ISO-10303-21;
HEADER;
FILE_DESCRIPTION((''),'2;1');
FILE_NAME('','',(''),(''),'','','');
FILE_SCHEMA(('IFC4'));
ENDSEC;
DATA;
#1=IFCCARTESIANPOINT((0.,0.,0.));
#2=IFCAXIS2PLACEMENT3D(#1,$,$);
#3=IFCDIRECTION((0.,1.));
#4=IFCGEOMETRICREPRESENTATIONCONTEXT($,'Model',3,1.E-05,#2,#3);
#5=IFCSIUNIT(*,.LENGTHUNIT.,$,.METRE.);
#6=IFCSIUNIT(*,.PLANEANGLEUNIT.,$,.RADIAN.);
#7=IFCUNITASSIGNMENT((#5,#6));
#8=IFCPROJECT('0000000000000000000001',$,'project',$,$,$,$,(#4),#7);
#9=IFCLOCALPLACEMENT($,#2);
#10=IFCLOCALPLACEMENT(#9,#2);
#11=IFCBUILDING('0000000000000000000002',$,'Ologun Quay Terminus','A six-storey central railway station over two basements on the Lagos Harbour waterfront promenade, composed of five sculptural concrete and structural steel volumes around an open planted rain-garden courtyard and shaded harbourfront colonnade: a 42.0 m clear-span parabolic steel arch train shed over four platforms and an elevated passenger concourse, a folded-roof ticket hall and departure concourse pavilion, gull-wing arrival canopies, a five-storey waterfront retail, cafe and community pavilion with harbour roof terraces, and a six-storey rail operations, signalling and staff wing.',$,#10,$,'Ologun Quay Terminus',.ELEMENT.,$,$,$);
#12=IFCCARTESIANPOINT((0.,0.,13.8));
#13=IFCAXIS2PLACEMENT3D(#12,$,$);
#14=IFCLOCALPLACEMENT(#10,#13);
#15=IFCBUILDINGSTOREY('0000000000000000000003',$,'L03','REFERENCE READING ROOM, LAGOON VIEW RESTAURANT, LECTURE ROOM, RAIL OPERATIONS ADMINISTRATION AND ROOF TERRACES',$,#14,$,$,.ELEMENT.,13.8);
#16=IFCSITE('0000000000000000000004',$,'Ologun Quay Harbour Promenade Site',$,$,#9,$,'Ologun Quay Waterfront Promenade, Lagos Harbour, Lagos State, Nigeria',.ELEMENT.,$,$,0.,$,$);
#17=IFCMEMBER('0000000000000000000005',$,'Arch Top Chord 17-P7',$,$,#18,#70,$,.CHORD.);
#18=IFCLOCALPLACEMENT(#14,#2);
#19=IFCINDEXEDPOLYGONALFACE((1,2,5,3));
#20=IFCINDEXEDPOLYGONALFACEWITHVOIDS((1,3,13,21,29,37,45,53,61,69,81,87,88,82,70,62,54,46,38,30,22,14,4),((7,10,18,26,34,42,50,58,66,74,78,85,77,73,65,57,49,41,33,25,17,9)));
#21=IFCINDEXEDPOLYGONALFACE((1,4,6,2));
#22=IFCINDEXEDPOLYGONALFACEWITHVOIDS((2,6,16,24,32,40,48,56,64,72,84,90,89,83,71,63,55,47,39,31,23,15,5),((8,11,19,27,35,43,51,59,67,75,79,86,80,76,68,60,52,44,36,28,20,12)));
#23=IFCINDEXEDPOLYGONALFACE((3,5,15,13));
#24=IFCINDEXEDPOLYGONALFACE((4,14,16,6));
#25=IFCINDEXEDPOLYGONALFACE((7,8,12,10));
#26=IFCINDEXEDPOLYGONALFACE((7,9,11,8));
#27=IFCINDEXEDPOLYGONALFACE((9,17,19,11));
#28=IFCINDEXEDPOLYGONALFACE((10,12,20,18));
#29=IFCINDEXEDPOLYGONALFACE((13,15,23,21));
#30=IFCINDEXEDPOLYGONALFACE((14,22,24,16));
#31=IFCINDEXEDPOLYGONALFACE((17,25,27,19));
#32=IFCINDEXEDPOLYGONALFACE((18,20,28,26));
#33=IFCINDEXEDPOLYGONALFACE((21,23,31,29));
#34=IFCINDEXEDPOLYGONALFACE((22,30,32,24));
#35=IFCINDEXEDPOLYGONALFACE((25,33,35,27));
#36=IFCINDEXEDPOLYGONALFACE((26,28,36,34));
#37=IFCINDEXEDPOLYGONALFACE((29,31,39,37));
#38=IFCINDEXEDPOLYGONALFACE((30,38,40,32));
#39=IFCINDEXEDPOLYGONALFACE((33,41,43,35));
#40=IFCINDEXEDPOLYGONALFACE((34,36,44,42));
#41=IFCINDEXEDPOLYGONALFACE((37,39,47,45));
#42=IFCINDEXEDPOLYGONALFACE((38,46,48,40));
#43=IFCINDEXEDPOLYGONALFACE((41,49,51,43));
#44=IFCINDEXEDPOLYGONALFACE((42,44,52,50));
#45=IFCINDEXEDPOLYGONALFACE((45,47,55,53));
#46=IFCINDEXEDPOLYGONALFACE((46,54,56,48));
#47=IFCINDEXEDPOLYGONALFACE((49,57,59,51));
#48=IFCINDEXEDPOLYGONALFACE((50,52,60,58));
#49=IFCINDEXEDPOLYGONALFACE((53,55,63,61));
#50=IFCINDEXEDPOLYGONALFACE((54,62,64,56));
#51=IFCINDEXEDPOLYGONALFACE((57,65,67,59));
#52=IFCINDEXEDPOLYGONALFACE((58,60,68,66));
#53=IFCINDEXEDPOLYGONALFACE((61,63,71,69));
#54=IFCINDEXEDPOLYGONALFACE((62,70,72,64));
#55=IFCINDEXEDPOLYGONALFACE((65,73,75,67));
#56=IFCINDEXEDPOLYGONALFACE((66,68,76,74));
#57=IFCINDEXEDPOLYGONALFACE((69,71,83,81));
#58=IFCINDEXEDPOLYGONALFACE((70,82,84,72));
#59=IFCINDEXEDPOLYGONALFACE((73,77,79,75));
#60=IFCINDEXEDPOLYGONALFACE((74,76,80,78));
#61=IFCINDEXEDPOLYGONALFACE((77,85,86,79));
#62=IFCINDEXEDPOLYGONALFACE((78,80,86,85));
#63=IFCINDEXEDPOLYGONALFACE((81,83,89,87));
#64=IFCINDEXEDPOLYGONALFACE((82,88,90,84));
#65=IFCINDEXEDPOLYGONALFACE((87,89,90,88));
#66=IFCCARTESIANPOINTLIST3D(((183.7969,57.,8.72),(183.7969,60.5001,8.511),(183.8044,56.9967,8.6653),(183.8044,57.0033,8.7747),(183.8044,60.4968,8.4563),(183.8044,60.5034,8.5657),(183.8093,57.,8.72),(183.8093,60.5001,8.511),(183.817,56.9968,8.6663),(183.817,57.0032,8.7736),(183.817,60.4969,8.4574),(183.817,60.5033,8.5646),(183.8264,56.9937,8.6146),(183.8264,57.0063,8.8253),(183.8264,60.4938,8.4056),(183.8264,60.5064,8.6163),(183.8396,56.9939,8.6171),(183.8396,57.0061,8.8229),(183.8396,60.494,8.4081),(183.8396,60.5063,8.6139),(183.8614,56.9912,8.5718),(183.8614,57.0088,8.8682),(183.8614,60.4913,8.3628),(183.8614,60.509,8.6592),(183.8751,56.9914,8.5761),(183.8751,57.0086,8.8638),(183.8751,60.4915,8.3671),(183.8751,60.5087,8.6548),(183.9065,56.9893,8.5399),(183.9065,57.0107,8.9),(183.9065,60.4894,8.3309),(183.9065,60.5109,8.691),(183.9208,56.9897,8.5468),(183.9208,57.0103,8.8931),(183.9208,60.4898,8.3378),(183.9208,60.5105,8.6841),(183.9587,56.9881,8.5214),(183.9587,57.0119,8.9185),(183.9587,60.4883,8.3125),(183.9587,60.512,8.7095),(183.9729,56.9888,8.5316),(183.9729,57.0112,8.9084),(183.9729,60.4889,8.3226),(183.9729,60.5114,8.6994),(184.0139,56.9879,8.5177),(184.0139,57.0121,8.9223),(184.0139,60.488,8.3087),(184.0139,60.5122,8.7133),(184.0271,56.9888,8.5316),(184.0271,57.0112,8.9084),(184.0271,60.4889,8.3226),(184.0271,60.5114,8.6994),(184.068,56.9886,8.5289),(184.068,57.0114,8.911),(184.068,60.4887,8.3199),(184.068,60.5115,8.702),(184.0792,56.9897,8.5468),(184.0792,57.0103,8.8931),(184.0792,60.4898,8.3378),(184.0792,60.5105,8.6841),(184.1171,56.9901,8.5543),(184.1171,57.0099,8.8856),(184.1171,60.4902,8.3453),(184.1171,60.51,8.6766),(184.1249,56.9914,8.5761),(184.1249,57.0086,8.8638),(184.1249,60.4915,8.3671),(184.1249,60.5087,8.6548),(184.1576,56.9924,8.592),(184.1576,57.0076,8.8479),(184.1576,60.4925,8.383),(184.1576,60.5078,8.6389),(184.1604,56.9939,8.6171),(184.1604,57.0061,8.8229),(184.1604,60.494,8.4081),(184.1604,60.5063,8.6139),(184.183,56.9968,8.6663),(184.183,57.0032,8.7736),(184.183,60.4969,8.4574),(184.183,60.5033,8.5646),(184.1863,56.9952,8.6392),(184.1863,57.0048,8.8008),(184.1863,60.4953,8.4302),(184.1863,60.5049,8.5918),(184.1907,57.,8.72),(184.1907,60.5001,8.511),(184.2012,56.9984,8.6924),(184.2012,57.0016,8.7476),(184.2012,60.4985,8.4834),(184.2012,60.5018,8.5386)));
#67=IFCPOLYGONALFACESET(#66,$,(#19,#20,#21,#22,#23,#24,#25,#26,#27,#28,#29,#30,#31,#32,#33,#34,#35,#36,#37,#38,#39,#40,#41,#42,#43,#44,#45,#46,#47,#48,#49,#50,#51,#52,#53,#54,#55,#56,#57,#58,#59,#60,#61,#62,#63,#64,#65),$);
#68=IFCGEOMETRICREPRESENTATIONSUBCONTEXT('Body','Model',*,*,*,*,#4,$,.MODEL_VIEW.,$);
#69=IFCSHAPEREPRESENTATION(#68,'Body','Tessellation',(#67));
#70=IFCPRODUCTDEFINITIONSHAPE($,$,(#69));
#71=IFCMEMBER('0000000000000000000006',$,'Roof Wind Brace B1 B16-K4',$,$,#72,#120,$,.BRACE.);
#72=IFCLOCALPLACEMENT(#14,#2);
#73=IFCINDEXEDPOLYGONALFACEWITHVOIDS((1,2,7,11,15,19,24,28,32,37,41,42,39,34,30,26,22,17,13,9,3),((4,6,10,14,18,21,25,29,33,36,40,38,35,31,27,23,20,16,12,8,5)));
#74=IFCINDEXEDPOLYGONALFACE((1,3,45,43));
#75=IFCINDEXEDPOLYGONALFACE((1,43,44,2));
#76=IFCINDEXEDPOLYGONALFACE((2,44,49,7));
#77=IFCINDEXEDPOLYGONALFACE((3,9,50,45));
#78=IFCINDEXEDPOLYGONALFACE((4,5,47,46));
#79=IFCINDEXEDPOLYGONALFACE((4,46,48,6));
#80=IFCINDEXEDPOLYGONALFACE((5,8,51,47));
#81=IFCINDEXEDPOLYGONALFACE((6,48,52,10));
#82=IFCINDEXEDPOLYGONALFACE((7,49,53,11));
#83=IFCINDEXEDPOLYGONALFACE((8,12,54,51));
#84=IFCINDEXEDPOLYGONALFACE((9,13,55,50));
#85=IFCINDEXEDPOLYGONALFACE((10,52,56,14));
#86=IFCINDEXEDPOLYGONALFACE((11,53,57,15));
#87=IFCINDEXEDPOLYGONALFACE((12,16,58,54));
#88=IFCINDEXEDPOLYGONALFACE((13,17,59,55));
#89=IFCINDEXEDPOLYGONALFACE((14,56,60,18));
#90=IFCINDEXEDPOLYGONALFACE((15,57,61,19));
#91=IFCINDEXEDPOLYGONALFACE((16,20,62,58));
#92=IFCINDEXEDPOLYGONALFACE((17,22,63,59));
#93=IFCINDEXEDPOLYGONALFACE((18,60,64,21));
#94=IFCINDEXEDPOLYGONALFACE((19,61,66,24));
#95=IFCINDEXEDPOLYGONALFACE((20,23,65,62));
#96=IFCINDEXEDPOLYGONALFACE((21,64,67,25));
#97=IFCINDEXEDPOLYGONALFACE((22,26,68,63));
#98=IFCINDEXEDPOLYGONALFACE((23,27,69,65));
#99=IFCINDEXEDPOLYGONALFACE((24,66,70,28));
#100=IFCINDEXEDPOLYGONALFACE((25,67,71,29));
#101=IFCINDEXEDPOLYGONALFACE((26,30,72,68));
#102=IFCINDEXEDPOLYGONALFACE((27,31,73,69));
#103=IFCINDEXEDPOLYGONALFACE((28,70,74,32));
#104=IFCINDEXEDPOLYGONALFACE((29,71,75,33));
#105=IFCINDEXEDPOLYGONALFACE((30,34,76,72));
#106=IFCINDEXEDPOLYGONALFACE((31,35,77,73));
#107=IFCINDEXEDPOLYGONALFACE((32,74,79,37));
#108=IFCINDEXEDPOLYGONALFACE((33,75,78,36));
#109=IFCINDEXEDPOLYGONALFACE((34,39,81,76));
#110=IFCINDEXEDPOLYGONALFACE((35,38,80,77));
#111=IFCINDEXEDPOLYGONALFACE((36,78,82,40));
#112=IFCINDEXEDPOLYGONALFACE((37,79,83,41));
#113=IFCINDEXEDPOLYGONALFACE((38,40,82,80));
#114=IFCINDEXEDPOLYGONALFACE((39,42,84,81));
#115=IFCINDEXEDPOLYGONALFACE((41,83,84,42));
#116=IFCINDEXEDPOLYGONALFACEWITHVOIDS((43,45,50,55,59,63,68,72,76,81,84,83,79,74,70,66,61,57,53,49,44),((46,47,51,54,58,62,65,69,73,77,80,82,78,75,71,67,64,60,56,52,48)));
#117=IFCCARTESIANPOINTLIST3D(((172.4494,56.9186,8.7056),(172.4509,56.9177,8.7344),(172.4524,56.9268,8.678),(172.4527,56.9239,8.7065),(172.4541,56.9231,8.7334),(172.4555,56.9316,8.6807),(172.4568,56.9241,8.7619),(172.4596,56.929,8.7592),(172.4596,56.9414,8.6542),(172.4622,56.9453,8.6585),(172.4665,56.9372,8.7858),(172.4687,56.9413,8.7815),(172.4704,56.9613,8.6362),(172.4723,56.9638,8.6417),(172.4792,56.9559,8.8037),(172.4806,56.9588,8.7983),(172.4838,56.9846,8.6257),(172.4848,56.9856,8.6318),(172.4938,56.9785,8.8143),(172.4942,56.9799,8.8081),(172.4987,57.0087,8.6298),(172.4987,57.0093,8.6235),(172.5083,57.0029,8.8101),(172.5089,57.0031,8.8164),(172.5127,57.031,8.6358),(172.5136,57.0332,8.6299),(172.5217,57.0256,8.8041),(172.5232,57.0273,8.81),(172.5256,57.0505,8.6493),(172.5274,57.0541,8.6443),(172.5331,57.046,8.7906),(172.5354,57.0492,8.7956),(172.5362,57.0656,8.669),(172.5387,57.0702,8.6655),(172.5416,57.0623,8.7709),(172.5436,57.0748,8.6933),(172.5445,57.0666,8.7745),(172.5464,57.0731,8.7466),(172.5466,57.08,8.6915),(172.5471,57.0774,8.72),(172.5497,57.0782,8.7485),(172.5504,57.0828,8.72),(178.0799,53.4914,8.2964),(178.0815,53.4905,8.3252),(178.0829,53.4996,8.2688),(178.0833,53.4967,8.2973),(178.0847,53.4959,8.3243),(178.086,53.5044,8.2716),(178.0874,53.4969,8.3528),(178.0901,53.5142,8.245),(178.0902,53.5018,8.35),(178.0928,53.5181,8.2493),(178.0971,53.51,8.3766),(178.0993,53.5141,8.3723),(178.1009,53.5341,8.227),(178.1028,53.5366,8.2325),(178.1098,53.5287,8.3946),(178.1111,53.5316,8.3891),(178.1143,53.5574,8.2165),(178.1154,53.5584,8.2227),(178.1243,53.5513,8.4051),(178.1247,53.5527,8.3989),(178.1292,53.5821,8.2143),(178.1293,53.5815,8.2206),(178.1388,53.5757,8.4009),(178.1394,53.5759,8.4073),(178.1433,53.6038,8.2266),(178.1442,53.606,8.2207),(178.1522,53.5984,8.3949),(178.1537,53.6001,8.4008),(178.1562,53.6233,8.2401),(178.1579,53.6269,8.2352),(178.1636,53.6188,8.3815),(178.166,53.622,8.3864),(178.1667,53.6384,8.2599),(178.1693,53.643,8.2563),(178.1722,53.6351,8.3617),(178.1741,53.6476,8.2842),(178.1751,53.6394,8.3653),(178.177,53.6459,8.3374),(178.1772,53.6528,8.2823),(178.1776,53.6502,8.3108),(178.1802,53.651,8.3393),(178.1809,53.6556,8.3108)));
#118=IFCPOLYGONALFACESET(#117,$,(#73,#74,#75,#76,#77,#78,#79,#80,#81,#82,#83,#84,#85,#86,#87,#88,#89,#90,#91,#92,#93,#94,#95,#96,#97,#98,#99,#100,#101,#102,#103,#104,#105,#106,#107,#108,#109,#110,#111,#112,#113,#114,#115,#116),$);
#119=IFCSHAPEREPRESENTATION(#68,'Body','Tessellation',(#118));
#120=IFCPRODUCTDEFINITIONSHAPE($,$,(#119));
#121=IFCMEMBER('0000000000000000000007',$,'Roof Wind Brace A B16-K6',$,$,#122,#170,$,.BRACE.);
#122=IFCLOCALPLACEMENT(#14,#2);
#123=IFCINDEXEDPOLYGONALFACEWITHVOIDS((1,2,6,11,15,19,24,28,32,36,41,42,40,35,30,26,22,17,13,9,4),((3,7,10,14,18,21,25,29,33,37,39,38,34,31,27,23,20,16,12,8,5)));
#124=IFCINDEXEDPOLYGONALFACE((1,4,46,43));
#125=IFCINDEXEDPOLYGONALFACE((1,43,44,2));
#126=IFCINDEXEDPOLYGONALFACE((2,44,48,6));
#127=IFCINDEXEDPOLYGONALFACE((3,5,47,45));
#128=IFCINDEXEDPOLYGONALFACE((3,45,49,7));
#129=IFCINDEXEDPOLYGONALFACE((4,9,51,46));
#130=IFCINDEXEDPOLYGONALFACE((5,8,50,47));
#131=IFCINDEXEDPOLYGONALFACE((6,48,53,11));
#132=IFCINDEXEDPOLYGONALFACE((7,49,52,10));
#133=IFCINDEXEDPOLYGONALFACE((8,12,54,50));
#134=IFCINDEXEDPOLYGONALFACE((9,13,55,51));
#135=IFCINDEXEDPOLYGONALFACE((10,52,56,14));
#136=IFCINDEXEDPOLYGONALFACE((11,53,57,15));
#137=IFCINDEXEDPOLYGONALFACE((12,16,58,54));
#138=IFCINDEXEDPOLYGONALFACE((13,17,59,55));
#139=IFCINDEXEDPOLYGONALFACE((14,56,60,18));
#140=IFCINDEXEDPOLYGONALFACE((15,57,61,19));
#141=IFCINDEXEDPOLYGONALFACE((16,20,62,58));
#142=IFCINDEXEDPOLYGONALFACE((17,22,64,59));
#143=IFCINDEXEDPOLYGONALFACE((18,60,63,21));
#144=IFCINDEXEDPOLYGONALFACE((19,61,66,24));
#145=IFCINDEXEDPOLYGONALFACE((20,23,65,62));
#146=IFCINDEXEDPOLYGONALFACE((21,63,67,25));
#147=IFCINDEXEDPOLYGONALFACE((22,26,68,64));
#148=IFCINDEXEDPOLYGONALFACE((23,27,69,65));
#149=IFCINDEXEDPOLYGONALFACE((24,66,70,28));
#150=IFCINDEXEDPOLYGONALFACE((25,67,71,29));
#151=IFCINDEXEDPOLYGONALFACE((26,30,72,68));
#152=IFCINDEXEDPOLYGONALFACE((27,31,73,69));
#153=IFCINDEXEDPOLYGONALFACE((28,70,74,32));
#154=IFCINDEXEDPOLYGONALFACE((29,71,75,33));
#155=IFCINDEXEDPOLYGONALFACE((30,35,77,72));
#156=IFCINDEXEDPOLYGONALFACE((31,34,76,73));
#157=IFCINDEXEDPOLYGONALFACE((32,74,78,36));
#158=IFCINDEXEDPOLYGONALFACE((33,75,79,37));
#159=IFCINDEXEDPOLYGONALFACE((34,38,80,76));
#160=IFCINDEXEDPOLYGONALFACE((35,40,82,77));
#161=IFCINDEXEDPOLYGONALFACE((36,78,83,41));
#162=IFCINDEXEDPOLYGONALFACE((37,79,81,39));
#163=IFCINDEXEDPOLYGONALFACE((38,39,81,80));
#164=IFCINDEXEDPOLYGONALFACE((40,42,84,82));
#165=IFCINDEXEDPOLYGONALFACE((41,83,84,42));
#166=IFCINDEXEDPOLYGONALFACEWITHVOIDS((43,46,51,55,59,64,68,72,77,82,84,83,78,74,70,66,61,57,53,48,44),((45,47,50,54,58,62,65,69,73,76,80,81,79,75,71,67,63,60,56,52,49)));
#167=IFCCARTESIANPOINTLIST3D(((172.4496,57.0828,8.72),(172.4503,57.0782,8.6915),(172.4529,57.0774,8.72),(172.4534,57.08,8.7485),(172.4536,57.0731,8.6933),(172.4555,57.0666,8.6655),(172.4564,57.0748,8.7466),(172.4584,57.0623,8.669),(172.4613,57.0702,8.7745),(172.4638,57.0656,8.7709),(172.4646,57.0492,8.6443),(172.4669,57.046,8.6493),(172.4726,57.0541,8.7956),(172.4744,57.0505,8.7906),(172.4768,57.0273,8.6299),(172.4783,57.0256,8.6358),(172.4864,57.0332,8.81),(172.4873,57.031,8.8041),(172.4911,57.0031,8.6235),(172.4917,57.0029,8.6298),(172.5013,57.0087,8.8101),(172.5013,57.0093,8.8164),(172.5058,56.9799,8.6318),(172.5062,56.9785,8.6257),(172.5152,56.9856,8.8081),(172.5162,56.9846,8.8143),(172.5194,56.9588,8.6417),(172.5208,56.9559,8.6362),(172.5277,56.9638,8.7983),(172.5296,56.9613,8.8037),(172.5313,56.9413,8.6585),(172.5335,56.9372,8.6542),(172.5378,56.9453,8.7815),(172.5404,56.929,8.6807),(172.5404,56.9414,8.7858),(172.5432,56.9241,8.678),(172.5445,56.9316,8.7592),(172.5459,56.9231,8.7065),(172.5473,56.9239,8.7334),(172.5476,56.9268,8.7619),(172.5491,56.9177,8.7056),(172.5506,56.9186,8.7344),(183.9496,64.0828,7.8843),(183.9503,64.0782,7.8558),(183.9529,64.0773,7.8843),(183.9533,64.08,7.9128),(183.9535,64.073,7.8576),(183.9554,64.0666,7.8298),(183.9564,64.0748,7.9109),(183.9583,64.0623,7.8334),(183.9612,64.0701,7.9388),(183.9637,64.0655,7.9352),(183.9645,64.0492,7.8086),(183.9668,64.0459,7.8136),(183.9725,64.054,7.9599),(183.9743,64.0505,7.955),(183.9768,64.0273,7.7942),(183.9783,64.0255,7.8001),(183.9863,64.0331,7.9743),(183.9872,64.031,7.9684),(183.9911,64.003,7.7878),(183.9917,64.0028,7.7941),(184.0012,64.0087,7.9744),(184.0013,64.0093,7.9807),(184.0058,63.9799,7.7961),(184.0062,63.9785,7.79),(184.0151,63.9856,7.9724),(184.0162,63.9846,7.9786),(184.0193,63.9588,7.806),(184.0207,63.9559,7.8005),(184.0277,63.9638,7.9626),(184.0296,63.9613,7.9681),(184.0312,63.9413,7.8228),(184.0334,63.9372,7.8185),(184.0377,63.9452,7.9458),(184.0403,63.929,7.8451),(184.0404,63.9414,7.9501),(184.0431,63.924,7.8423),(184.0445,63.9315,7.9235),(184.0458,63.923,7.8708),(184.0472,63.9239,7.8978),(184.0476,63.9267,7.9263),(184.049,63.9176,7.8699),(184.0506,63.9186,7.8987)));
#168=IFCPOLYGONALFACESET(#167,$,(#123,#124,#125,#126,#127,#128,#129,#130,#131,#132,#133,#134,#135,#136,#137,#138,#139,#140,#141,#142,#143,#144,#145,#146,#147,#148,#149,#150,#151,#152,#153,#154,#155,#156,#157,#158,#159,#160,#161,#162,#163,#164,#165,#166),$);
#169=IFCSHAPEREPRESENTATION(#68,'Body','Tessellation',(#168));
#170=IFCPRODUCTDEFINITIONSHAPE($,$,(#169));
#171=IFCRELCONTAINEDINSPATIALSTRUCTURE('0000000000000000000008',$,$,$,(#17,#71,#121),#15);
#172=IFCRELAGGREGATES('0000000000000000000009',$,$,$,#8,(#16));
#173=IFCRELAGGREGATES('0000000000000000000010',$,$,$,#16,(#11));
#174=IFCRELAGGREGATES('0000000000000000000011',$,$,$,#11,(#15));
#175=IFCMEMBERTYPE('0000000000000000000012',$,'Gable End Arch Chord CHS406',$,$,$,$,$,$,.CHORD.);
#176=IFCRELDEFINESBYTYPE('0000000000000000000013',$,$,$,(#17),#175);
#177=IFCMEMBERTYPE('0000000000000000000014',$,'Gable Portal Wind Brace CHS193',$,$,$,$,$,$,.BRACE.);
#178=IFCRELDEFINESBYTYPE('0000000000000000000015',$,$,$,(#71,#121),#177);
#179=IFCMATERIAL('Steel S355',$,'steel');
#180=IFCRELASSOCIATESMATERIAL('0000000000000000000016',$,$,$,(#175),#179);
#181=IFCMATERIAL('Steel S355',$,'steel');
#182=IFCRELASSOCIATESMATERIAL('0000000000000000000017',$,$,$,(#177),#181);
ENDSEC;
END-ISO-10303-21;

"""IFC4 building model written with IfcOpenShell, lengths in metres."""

from ifc_helpers import new_model, si_unit, direction, frame, origin, origin_2d, place, context, subcontext, project, spatial, hollow_circle, extrude, material, material_profile, profile_set, type_object, element, save


model = new_model("IFC4")

# Units and contexts
model_context = context("Model", 3, precision=1e-05, world=origin(), true_north=direction((0.0, 1.0)))
body_context = subcontext(model_context, "Body", "Model", "MODEL_VIEW")
ifc_project = project(units=[si_unit("LENGTHUNIT", "METRE"), si_unit("PLANEANGLEUNIT", "RADIAN")], contexts=[model_context])

# Site, building, storey
site_placement = place(None, origin())
site = spatial("IfcSite", under=ifc_project, at=site_placement, Name="Ologun Quay Harbour Promenade Site", LongName="Ologun Quay Waterfront Promenade, Lagos Harbour, Lagos State, Nigeria", CompositionType="ELEMENT", RefElevation=0.0)
building_placement = place(site_placement, origin())
building = spatial("IfcBuilding", under=site, at=building_placement, Name="Ologun Quay Terminus", Description="A six-storey central railway station over two basements on the Lagos Harbour waterfront promenade, composed of five sculptural concrete and structural steel volumes around an open planted rain-garden courtyard and shaded harbourfront colonnade: a 42.0 m clear-span parabolic steel arch train shed over four platforms and an elevated passenger concourse, a folded-roof ticket hall and departure concourse pavilion, gull-wing arrival canopies, a five-storey waterfront retail, cafe and community pavilion with harbour roof terraces, and a six-storey rail operations, signalling and staff wing.", LongName="Ologun Quay Terminus", CompositionType="ELEMENT")
storey_placement = place(building_placement, frame((0.0, 0.0, 13.8)))
storey = spatial("IfcBuildingStorey", under=building, at=storey_placement, Name="L03", Description="REFERENCE READING ROOM, LAGOON VIEW RESTAURANT, LECTURE ROOM, RAIL OPERATIONS ADMINISTRATION AND ROOF TERRACES", CompositionType="ELEMENT", Elevation=13.8)

# Members
ifc_material_1 = material(Name="Steel S355", Category="steel")
ifc_material_profile_1 = material_profile(ifc_material_1, hollow_circle(Radius=0.2031, WallThickness=0.0125, at=origin_2d()), Name="CHS 406.4x12.5")
ifc_profile_set_1 = profile_set([ifc_material_profile_1], Name="Steel S355")
member_type_1 = type_object("IfcMemberType", Name="Gable End Arch Chord CHS406", PredefinedType="CHORD", material=ifc_profile_set_1)
for number, where, z_axis, x_axis, name in (
    (1, (184.0, 57.0, 8.72), (0.0, 0.998222, -0.059604), (-1.0, 0.0, 0.0), "Arch Top Chord 17-P7"),
):
    element("IfcMember", number, at=place(storey_placement, frame(where, z_axis=z_axis, x_axis=x_axis)), inside=storey, type_object=member_type_1, Name=name, PredefinedType="CHORD", context=body_context, shape_type="SweptSolid", body=[
        extrude(hollow_circle(Radius=0.2031, WallThickness=0.0125, at=origin_2d()), origin(), (0.0, 0.0, 1.0), 3.5063),
    ])
ifc_material_2 = material(Name="Steel S355", Category="steel")
ifc_material_profile_2 = material_profile(ifc_material_2, hollow_circle(Radius=0.0969, WallThickness=0.0063, at=origin_2d()), Name="CHS 193.7x6.3")
ifc_profile_set_2 = profile_set([ifc_material_profile_2], Name="Steel S355")
member_type_2 = type_object("IfcMemberType", Name="Gable Portal Wind Brace CHS193", PredefinedType="BRACE", material=ifc_profile_set_2)
member_1_placement = place(storey_placement, frame((172.5, 57.0, 8.72), z_axis=(0.852563, -0.518939, -0.061956), x_axis=(0.519938, 0.854204, 0.0)))
element("IfcMember", 2, at=member_1_placement, inside=storey, type_object=member_type_2, Name="Roof Wind Brace B1 B16-K4", PredefinedType="BRACE", context=body_context, shape_type="SweptSolid", body=[
    extrude(hollow_circle(Radius=0.0969, WallThickness=0.0063, at=origin_2d()), origin(), (0.0, 0.0, 1.0), 6.6042),
])
member_2_placement = place(storey_placement, frame((172.5, 57.0, 8.72), z_axis=(0.852558, 0.518948, -0.061954), x_axis=(-0.519947, 0.854199, 0.0)))
element("IfcMember", 3, at=member_2_placement, inside=storey, type_object=member_type_2, Name="Roof Wind Brace A B16-K6", PredefinedType="BRACE", context=body_context, shape_type="SweptSolid", body=[
    extrude(hollow_circle(Radius=0.0969, WallThickness=0.0063, at=origin_2d()), origin(), (0.0, 0.0, 1.0), 13.4888),
])

save(model, "model.ifc")
